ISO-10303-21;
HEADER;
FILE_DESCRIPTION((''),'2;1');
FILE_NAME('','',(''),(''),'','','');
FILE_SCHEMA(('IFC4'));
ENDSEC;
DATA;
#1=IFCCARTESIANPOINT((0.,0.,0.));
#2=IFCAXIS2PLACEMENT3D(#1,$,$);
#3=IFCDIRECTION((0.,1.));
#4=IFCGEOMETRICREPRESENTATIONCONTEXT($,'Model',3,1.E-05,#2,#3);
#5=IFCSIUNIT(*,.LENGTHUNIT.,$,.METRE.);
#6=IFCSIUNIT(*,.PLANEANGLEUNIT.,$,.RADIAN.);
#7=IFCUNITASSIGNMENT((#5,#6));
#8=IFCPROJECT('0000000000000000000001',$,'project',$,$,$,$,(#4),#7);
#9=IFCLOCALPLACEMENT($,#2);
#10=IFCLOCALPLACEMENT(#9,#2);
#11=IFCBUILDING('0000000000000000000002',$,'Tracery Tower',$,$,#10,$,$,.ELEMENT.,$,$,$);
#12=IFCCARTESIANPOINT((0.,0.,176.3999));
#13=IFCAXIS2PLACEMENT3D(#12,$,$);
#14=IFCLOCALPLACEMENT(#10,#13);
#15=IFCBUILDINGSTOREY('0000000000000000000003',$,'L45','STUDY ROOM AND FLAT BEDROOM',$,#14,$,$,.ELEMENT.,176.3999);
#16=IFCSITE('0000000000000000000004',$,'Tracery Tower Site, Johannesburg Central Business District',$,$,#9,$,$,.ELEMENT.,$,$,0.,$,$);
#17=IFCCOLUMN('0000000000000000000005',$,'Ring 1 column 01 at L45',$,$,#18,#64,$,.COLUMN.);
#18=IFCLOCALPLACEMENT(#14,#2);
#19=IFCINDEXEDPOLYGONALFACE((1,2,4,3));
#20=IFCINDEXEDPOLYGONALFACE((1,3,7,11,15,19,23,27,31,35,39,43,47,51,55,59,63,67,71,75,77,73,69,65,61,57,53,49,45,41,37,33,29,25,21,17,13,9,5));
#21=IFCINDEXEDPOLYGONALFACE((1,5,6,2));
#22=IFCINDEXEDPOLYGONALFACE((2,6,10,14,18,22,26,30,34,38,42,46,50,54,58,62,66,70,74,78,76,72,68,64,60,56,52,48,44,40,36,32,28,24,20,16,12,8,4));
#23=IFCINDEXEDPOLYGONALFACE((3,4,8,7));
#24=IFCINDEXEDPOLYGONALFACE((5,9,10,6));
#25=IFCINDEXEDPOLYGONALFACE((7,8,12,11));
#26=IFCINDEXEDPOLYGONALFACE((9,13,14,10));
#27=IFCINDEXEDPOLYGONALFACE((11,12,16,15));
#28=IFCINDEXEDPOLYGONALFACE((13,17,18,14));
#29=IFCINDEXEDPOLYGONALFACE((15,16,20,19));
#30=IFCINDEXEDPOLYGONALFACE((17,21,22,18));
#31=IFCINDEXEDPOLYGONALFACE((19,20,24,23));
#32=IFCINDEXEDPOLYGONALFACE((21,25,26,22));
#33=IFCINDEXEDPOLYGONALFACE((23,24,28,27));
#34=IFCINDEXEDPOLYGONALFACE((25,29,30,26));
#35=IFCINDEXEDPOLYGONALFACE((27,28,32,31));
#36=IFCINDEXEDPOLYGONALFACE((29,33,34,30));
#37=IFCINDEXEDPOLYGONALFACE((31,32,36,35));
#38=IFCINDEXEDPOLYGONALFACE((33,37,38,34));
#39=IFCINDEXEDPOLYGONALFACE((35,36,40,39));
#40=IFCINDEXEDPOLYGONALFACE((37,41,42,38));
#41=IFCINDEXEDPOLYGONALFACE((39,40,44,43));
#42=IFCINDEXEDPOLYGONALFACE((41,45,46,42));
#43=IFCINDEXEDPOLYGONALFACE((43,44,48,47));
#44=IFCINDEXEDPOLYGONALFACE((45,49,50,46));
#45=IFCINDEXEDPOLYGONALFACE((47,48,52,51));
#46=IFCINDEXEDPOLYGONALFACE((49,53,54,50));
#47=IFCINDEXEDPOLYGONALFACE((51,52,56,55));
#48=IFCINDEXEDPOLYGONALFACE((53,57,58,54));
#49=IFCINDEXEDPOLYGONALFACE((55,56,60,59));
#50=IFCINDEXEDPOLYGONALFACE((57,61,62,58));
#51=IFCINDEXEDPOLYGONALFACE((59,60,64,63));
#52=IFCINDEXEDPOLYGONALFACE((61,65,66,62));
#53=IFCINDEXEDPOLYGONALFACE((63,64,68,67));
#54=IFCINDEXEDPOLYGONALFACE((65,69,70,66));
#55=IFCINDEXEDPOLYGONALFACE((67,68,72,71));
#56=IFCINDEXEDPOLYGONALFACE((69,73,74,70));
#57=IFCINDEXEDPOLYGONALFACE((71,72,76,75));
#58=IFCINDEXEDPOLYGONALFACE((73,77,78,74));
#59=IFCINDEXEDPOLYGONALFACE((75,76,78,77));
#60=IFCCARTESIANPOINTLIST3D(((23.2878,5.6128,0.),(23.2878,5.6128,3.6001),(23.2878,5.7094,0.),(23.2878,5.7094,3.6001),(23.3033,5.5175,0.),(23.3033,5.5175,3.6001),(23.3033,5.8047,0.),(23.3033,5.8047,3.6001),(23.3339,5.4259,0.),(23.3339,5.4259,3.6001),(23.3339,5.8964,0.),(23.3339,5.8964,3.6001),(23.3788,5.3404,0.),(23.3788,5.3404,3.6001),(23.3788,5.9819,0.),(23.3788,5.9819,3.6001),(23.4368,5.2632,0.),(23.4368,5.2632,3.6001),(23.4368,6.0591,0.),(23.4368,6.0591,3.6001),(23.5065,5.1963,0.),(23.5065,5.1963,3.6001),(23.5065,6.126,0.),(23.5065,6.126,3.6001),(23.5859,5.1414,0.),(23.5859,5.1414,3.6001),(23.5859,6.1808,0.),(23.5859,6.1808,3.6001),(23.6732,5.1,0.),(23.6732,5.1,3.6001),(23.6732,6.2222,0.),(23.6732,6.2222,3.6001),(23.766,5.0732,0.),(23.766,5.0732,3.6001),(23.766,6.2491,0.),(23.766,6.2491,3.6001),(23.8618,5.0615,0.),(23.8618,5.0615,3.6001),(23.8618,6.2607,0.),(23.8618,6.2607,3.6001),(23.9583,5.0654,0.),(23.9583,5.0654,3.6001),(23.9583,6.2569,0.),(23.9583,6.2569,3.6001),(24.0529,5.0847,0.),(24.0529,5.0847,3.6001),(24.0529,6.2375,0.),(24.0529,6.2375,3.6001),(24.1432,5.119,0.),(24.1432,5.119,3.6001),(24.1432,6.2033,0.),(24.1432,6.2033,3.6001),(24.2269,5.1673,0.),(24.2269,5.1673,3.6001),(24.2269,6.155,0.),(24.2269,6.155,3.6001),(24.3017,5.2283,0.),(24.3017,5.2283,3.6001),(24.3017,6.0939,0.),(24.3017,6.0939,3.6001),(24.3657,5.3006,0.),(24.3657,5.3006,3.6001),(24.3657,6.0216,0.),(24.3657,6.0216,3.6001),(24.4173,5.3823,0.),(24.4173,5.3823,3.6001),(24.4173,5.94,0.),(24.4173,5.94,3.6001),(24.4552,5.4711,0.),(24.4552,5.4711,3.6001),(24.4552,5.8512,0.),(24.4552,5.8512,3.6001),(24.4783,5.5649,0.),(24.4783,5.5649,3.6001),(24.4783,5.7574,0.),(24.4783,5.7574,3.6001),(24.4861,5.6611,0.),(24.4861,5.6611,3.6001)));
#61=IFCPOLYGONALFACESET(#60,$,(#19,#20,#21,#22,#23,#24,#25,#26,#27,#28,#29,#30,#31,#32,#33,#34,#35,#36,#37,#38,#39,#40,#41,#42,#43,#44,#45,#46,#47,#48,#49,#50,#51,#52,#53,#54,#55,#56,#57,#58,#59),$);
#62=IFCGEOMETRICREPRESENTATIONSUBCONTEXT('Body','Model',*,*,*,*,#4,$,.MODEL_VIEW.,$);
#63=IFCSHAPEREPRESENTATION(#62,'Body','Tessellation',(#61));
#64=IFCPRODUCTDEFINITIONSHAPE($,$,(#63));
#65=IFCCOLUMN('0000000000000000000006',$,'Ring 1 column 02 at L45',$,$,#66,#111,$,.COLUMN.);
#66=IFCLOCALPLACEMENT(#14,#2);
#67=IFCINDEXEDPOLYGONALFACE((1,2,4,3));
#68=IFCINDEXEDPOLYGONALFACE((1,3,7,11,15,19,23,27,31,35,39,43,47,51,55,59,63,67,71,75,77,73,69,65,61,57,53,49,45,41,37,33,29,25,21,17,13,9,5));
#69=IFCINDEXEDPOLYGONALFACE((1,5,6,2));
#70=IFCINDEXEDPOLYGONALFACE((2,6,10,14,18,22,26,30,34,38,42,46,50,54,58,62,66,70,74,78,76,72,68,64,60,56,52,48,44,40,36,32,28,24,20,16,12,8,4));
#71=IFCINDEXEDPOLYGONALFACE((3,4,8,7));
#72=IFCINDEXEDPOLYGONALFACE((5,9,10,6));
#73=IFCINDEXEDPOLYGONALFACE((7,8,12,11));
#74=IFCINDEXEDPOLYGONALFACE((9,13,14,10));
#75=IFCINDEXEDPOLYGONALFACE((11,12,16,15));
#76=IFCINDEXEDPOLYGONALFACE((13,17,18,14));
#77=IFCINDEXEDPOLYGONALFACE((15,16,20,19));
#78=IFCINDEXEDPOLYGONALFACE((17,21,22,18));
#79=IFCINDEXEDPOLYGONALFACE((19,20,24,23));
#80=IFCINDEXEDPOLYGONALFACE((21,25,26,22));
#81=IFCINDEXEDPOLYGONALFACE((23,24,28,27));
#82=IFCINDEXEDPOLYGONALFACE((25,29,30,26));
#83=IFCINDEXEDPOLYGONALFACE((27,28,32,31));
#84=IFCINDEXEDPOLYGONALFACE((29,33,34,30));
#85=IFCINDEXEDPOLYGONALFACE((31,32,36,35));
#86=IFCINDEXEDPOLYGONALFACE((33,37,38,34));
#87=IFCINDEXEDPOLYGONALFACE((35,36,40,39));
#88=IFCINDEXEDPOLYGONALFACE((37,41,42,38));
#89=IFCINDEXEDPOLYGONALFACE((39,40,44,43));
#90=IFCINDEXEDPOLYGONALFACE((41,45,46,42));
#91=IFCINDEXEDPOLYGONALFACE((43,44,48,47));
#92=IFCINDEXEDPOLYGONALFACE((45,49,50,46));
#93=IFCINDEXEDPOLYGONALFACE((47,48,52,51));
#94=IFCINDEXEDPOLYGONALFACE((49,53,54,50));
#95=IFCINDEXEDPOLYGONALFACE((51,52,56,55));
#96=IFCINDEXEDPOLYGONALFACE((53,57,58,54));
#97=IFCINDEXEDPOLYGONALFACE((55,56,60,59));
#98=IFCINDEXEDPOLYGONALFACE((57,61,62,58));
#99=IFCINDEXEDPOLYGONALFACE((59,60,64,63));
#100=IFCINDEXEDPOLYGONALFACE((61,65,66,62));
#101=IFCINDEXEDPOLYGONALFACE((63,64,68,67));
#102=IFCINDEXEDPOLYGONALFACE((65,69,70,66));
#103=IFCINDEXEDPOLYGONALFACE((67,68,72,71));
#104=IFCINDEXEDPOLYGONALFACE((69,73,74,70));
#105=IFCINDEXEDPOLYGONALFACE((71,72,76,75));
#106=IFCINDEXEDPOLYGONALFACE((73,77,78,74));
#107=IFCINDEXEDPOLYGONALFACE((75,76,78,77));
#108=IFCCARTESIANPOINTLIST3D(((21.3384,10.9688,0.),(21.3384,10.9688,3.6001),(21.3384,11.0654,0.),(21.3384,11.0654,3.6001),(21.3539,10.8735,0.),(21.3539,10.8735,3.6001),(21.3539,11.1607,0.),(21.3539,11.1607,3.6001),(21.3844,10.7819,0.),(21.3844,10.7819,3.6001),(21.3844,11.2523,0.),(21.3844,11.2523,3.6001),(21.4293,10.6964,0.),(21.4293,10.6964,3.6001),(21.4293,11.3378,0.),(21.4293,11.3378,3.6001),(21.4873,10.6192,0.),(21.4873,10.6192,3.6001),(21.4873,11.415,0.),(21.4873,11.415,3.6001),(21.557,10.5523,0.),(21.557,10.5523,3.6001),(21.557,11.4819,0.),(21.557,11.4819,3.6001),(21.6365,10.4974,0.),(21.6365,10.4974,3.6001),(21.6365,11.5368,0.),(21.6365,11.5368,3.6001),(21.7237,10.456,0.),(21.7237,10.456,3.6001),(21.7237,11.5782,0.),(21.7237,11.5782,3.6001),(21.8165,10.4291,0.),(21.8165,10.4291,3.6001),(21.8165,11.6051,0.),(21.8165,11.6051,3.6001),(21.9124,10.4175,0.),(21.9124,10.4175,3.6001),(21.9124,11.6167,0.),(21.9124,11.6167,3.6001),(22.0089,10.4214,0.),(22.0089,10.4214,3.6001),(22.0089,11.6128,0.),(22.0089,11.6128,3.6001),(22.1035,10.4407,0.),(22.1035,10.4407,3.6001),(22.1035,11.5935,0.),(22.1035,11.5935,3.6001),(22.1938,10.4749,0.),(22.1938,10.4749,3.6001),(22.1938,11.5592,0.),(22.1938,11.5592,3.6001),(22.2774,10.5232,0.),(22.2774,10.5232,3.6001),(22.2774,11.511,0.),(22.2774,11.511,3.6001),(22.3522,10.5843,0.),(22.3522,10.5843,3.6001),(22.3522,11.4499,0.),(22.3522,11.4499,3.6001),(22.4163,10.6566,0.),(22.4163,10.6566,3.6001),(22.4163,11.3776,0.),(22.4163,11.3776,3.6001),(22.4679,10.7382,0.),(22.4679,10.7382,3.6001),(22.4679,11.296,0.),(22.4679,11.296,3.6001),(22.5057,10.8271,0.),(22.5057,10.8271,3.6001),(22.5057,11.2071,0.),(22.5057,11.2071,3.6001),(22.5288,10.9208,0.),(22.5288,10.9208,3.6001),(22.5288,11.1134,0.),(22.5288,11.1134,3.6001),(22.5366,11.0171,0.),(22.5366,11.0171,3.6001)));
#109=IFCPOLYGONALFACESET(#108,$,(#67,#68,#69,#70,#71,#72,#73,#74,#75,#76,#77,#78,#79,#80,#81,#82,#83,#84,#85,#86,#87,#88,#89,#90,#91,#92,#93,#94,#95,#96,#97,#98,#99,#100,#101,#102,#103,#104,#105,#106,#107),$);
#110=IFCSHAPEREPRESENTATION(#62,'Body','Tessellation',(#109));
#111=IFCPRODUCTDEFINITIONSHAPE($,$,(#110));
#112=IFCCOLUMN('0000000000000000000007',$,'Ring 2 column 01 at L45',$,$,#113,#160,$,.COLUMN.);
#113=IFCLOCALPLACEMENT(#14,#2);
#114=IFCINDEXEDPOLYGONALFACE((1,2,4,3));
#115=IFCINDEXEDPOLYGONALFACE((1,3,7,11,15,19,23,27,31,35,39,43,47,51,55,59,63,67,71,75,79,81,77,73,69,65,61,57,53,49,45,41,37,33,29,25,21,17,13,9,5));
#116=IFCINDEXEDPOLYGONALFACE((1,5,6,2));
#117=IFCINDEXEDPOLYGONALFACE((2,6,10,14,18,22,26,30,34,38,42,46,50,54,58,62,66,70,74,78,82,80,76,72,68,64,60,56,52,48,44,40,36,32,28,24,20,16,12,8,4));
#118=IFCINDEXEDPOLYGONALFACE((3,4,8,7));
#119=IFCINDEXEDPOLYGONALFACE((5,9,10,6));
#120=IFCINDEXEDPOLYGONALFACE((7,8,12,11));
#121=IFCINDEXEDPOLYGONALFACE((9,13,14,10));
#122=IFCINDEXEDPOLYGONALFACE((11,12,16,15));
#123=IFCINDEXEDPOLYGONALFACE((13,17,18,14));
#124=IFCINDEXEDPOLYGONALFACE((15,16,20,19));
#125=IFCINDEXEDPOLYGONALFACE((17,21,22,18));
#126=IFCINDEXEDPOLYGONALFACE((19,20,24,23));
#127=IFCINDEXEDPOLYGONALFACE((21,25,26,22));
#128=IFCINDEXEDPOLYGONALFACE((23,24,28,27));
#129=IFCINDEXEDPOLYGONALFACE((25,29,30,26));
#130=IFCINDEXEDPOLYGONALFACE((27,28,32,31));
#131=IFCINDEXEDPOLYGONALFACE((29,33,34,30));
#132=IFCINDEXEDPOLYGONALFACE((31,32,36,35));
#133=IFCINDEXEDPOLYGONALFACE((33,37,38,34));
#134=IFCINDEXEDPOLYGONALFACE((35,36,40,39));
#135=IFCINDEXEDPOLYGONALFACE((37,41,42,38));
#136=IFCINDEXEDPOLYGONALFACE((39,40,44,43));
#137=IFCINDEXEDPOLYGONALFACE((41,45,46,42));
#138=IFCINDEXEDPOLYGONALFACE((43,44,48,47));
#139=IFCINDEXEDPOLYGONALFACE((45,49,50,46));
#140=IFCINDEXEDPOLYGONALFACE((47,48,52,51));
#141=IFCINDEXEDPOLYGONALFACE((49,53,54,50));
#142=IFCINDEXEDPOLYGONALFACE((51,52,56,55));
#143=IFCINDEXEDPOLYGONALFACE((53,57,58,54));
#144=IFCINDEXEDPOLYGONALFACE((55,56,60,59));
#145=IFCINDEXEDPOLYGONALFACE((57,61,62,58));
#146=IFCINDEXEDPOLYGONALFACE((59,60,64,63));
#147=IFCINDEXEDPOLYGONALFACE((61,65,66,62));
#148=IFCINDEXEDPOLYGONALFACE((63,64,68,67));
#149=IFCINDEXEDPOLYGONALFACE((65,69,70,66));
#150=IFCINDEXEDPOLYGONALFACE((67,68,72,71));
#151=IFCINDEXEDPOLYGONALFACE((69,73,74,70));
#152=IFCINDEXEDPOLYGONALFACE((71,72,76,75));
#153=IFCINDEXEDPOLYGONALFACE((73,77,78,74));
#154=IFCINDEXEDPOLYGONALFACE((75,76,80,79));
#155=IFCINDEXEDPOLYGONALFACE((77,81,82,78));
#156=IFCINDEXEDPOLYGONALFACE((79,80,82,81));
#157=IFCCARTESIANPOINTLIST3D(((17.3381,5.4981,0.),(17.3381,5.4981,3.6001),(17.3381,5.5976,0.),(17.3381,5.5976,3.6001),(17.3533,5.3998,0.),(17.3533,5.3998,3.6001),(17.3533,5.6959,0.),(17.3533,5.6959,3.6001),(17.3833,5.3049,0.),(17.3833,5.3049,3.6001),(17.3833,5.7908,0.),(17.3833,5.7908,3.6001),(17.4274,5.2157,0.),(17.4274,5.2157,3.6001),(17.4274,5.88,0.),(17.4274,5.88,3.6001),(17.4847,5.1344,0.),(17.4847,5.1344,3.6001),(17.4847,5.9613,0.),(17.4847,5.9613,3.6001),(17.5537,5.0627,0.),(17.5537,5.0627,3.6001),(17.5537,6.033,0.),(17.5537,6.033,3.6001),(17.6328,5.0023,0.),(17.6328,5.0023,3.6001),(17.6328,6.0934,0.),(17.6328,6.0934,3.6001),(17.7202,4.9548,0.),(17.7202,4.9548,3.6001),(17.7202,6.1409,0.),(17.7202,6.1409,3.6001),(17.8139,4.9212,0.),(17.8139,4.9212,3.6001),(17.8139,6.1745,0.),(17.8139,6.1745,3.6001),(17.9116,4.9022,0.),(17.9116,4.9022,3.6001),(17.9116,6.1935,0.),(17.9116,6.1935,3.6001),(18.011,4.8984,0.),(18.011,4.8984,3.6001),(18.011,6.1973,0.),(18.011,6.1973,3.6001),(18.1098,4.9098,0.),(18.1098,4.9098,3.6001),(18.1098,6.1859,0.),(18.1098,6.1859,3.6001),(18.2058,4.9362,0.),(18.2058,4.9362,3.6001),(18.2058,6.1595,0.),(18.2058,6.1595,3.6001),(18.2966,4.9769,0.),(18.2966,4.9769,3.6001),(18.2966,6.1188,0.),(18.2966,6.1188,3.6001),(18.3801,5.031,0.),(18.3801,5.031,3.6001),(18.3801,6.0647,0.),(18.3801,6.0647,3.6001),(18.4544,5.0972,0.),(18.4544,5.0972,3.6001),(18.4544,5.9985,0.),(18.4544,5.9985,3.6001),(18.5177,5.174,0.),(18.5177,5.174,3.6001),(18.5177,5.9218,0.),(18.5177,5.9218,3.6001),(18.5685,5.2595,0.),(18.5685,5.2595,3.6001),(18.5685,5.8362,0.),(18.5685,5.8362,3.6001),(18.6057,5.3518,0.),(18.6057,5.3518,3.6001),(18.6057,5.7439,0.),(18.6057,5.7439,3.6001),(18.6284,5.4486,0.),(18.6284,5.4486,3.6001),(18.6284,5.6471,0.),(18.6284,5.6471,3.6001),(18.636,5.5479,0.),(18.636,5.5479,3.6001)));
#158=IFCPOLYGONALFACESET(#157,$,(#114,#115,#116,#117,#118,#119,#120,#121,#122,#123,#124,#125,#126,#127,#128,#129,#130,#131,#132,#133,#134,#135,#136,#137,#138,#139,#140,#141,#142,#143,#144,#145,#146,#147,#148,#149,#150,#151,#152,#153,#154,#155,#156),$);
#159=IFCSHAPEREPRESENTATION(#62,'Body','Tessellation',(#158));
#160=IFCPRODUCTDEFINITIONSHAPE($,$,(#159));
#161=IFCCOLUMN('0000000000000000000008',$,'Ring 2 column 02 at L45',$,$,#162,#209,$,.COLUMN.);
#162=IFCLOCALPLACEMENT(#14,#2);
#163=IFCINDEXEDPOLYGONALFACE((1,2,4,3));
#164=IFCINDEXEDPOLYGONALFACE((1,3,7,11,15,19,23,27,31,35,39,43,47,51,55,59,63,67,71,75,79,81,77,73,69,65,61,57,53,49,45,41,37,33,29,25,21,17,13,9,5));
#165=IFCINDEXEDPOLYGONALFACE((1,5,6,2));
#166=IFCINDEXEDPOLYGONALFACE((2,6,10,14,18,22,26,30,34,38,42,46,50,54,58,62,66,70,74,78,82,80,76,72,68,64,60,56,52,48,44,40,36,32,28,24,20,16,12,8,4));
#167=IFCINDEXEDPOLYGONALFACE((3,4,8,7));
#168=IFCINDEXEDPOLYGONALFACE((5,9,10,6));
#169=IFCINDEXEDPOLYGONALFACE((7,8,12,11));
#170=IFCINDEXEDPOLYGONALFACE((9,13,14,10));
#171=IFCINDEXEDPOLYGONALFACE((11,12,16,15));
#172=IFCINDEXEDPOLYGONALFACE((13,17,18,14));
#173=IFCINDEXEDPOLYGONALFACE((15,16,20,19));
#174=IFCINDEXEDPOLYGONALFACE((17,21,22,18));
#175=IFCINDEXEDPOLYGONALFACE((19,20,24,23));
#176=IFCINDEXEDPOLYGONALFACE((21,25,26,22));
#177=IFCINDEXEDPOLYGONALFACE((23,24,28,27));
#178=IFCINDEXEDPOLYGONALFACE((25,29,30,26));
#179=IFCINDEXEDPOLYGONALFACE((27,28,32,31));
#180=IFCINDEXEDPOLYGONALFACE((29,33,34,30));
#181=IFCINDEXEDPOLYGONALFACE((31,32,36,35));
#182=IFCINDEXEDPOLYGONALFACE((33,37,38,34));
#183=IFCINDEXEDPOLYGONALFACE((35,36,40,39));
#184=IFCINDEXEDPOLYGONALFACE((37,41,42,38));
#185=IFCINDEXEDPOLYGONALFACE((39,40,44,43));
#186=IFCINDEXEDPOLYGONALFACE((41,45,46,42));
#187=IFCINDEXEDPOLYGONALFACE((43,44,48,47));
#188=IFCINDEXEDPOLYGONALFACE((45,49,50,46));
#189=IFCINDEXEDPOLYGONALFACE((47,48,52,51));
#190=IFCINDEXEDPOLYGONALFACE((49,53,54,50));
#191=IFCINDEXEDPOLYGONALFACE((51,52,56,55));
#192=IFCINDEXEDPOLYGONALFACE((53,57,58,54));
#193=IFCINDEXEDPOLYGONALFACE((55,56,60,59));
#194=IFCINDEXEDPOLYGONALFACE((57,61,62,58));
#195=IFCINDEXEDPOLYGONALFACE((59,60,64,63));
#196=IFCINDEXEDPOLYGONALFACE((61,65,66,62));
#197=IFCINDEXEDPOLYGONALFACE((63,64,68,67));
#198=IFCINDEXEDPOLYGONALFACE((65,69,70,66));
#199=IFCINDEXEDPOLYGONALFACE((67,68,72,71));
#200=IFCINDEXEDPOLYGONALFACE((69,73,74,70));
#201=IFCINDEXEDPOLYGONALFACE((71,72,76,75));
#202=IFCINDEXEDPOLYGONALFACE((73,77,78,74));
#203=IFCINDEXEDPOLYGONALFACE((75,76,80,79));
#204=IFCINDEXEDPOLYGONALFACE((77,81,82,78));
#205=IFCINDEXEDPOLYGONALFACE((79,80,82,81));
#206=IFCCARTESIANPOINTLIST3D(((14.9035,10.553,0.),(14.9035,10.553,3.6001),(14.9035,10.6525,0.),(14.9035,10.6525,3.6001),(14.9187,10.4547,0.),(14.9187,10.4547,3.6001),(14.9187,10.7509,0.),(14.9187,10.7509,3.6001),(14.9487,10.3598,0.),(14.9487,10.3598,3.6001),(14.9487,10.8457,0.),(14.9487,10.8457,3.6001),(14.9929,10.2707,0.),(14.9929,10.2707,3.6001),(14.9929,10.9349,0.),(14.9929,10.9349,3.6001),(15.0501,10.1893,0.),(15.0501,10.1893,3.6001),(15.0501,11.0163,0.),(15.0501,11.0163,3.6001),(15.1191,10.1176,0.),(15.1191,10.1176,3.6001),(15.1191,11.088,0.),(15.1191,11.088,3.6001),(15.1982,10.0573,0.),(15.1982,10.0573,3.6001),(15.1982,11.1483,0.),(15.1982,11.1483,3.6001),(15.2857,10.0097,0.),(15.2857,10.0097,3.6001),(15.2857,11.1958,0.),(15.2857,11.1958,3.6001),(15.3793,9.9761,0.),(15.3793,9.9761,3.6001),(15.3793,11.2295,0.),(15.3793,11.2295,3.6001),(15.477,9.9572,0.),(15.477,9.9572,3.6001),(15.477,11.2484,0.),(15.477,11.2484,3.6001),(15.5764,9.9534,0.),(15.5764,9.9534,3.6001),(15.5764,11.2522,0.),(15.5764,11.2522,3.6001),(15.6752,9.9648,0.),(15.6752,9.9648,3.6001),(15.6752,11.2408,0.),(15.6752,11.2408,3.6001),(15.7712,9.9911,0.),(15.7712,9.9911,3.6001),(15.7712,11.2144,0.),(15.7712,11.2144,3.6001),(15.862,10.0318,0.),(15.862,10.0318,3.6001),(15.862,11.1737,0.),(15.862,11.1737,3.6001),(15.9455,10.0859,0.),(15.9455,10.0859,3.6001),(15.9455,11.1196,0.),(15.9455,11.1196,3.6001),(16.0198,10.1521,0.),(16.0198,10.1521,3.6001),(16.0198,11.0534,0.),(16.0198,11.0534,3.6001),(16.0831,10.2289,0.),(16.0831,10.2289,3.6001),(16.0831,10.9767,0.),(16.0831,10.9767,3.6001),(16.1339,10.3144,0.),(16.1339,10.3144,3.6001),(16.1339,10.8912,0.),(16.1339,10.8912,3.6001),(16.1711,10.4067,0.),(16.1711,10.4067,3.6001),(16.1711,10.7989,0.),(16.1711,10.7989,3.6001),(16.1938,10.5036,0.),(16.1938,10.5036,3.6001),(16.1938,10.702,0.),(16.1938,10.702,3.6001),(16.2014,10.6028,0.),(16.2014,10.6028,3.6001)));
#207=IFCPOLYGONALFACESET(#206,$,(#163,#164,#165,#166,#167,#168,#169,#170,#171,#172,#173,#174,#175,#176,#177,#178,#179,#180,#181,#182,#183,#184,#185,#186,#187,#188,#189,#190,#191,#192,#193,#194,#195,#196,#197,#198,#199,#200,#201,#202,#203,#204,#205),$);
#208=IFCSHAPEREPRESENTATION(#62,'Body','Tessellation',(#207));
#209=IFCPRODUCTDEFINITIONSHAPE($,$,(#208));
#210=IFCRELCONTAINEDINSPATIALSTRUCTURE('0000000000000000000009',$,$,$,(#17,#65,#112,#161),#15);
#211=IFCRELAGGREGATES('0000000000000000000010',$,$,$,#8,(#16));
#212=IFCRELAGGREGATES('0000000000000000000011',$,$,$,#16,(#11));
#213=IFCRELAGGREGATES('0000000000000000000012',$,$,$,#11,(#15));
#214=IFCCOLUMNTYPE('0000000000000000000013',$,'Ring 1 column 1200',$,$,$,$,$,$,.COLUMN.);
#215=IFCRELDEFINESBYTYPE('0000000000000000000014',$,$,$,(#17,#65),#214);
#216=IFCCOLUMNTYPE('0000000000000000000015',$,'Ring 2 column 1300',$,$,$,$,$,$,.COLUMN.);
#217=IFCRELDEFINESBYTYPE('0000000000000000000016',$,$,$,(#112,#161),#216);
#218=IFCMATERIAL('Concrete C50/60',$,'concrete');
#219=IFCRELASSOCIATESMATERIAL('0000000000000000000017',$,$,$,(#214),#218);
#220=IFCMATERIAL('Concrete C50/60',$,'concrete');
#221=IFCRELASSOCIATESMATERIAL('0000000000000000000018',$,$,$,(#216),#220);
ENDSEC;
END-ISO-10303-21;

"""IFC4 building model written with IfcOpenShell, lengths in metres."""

from ifc_helpers import new_model, si_unit, direction, frame, origin, origin_2d, place, context, subcontext, project, spatial, circle, extrude, material, material_profile, profile_set, type_object, element, save


model = new_model("IFC4")

# Units and contexts
model_context = context("Model", 3, precision=1e-05, world=origin(), true_north=direction((0.0, 1.0)))
body_context = subcontext(model_context, "Body", "Model", "MODEL_VIEW")
ifc_project = project(units=[si_unit("LENGTHUNIT", "METRE"), si_unit("PLANEANGLEUNIT", "RADIAN")], contexts=[model_context])

# Site, building, storey
site_placement = place(None, origin())
site = spatial("IfcSite", under=ifc_project, at=site_placement, Name="Tracery Tower Site, Johannesburg Central Business District", CompositionType="ELEMENT", RefElevation=0.0)
building_placement = place(site_placement, origin())
building = spatial("IfcBuilding", under=site, at=building_placement, Name="Tracery Tower", CompositionType="ELEMENT")
storey_placement = place(building_placement, frame((0.0, 0.0, 176.3999)))
storey = spatial("IfcBuildingStorey", under=building, at=storey_placement, Name="L45", Description="STUDY ROOM AND FLAT BEDROOM", CompositionType="ELEMENT", Elevation=176.3999)

# Columns
ifc_material_1 = material(Name="Concrete C50/60", Category="concrete")
ifc_material_profile_1 = material_profile(ifc_material_1, circle(Radius=0.6001, at=origin_2d()), Name="RC D1200")
ifc_profile_set_1 = profile_set([ifc_material_profile_1], Name="Concrete C50/60")
column_type_1 = type_object("IfcColumnType", Name="Ring 1 column 1200", PredefinedType="COLUMN", material=ifc_profile_set_1)
for number, where, z_axis, x_axis, name in (
    (1, (23.886, 5.6611, 0.0), (0.0, 0.0, 1.0), (1.0, 0.0, 0.0), "Ring 1 column 01 at L45"),
    (2, (21.9365, 11.0171, 0.0), (0.0, 0.0, 1.0), (1.0, 0.0, 0.0), "Ring 1 column 02 at L45"),
):
    element("IfcColumn", number, at=place(storey_placement, frame(where, z_axis=z_axis, x_axis=x_axis)), inside=storey, type_object=column_type_1, Name=name, PredefinedType="COLUMN", context=body_context, shape_type="SweptSolid", body=[
        extrude(circle(Radius=0.6001, at=origin_2d()), origin(), (0.0, 0.0, 1.0), 3.6001),
    ])
ifc_material_2 = material(Name="Concrete C50/60", Category="concrete")
ifc_material_profile_2 = material_profile(ifc_material_2, circle(Radius=0.6499, at=origin_2d()), Name="RC D1300")
ifc_profile_set_2 = profile_set([ifc_material_profile_2], Name="Concrete C50/60")
column_type_2 = type_object("IfcColumnType", Name="Ring 2 column 1300", PredefinedType="COLUMN", material=ifc_profile_set_2)
for number, where, z_axis, x_axis, name in (
    (3, (17.9861, 5.5479, 0.0), (0.0, 0.0, 1.0), (1.0, 0.0, 0.0), "Ring 2 column 01 at L45"),
    (4, (15.5515, 10.6028, 0.0), (0.0, 0.0, 1.0), (1.0, 0.0, 0.0), "Ring 2 column 02 at L45"),
):
    element("IfcColumn", number, at=place(storey_placement, frame(where, z_axis=z_axis, x_axis=x_axis)), inside=storey, type_object=column_type_2, Name=name, PredefinedType="COLUMN", context=body_context, shape_type="SweptSolid", body=[
        extrude(circle(Radius=0.6499, at=origin_2d()), origin(), (0.0, 0.0, 1.0), 3.6001),
    ])

save(model, "model.ifc")
